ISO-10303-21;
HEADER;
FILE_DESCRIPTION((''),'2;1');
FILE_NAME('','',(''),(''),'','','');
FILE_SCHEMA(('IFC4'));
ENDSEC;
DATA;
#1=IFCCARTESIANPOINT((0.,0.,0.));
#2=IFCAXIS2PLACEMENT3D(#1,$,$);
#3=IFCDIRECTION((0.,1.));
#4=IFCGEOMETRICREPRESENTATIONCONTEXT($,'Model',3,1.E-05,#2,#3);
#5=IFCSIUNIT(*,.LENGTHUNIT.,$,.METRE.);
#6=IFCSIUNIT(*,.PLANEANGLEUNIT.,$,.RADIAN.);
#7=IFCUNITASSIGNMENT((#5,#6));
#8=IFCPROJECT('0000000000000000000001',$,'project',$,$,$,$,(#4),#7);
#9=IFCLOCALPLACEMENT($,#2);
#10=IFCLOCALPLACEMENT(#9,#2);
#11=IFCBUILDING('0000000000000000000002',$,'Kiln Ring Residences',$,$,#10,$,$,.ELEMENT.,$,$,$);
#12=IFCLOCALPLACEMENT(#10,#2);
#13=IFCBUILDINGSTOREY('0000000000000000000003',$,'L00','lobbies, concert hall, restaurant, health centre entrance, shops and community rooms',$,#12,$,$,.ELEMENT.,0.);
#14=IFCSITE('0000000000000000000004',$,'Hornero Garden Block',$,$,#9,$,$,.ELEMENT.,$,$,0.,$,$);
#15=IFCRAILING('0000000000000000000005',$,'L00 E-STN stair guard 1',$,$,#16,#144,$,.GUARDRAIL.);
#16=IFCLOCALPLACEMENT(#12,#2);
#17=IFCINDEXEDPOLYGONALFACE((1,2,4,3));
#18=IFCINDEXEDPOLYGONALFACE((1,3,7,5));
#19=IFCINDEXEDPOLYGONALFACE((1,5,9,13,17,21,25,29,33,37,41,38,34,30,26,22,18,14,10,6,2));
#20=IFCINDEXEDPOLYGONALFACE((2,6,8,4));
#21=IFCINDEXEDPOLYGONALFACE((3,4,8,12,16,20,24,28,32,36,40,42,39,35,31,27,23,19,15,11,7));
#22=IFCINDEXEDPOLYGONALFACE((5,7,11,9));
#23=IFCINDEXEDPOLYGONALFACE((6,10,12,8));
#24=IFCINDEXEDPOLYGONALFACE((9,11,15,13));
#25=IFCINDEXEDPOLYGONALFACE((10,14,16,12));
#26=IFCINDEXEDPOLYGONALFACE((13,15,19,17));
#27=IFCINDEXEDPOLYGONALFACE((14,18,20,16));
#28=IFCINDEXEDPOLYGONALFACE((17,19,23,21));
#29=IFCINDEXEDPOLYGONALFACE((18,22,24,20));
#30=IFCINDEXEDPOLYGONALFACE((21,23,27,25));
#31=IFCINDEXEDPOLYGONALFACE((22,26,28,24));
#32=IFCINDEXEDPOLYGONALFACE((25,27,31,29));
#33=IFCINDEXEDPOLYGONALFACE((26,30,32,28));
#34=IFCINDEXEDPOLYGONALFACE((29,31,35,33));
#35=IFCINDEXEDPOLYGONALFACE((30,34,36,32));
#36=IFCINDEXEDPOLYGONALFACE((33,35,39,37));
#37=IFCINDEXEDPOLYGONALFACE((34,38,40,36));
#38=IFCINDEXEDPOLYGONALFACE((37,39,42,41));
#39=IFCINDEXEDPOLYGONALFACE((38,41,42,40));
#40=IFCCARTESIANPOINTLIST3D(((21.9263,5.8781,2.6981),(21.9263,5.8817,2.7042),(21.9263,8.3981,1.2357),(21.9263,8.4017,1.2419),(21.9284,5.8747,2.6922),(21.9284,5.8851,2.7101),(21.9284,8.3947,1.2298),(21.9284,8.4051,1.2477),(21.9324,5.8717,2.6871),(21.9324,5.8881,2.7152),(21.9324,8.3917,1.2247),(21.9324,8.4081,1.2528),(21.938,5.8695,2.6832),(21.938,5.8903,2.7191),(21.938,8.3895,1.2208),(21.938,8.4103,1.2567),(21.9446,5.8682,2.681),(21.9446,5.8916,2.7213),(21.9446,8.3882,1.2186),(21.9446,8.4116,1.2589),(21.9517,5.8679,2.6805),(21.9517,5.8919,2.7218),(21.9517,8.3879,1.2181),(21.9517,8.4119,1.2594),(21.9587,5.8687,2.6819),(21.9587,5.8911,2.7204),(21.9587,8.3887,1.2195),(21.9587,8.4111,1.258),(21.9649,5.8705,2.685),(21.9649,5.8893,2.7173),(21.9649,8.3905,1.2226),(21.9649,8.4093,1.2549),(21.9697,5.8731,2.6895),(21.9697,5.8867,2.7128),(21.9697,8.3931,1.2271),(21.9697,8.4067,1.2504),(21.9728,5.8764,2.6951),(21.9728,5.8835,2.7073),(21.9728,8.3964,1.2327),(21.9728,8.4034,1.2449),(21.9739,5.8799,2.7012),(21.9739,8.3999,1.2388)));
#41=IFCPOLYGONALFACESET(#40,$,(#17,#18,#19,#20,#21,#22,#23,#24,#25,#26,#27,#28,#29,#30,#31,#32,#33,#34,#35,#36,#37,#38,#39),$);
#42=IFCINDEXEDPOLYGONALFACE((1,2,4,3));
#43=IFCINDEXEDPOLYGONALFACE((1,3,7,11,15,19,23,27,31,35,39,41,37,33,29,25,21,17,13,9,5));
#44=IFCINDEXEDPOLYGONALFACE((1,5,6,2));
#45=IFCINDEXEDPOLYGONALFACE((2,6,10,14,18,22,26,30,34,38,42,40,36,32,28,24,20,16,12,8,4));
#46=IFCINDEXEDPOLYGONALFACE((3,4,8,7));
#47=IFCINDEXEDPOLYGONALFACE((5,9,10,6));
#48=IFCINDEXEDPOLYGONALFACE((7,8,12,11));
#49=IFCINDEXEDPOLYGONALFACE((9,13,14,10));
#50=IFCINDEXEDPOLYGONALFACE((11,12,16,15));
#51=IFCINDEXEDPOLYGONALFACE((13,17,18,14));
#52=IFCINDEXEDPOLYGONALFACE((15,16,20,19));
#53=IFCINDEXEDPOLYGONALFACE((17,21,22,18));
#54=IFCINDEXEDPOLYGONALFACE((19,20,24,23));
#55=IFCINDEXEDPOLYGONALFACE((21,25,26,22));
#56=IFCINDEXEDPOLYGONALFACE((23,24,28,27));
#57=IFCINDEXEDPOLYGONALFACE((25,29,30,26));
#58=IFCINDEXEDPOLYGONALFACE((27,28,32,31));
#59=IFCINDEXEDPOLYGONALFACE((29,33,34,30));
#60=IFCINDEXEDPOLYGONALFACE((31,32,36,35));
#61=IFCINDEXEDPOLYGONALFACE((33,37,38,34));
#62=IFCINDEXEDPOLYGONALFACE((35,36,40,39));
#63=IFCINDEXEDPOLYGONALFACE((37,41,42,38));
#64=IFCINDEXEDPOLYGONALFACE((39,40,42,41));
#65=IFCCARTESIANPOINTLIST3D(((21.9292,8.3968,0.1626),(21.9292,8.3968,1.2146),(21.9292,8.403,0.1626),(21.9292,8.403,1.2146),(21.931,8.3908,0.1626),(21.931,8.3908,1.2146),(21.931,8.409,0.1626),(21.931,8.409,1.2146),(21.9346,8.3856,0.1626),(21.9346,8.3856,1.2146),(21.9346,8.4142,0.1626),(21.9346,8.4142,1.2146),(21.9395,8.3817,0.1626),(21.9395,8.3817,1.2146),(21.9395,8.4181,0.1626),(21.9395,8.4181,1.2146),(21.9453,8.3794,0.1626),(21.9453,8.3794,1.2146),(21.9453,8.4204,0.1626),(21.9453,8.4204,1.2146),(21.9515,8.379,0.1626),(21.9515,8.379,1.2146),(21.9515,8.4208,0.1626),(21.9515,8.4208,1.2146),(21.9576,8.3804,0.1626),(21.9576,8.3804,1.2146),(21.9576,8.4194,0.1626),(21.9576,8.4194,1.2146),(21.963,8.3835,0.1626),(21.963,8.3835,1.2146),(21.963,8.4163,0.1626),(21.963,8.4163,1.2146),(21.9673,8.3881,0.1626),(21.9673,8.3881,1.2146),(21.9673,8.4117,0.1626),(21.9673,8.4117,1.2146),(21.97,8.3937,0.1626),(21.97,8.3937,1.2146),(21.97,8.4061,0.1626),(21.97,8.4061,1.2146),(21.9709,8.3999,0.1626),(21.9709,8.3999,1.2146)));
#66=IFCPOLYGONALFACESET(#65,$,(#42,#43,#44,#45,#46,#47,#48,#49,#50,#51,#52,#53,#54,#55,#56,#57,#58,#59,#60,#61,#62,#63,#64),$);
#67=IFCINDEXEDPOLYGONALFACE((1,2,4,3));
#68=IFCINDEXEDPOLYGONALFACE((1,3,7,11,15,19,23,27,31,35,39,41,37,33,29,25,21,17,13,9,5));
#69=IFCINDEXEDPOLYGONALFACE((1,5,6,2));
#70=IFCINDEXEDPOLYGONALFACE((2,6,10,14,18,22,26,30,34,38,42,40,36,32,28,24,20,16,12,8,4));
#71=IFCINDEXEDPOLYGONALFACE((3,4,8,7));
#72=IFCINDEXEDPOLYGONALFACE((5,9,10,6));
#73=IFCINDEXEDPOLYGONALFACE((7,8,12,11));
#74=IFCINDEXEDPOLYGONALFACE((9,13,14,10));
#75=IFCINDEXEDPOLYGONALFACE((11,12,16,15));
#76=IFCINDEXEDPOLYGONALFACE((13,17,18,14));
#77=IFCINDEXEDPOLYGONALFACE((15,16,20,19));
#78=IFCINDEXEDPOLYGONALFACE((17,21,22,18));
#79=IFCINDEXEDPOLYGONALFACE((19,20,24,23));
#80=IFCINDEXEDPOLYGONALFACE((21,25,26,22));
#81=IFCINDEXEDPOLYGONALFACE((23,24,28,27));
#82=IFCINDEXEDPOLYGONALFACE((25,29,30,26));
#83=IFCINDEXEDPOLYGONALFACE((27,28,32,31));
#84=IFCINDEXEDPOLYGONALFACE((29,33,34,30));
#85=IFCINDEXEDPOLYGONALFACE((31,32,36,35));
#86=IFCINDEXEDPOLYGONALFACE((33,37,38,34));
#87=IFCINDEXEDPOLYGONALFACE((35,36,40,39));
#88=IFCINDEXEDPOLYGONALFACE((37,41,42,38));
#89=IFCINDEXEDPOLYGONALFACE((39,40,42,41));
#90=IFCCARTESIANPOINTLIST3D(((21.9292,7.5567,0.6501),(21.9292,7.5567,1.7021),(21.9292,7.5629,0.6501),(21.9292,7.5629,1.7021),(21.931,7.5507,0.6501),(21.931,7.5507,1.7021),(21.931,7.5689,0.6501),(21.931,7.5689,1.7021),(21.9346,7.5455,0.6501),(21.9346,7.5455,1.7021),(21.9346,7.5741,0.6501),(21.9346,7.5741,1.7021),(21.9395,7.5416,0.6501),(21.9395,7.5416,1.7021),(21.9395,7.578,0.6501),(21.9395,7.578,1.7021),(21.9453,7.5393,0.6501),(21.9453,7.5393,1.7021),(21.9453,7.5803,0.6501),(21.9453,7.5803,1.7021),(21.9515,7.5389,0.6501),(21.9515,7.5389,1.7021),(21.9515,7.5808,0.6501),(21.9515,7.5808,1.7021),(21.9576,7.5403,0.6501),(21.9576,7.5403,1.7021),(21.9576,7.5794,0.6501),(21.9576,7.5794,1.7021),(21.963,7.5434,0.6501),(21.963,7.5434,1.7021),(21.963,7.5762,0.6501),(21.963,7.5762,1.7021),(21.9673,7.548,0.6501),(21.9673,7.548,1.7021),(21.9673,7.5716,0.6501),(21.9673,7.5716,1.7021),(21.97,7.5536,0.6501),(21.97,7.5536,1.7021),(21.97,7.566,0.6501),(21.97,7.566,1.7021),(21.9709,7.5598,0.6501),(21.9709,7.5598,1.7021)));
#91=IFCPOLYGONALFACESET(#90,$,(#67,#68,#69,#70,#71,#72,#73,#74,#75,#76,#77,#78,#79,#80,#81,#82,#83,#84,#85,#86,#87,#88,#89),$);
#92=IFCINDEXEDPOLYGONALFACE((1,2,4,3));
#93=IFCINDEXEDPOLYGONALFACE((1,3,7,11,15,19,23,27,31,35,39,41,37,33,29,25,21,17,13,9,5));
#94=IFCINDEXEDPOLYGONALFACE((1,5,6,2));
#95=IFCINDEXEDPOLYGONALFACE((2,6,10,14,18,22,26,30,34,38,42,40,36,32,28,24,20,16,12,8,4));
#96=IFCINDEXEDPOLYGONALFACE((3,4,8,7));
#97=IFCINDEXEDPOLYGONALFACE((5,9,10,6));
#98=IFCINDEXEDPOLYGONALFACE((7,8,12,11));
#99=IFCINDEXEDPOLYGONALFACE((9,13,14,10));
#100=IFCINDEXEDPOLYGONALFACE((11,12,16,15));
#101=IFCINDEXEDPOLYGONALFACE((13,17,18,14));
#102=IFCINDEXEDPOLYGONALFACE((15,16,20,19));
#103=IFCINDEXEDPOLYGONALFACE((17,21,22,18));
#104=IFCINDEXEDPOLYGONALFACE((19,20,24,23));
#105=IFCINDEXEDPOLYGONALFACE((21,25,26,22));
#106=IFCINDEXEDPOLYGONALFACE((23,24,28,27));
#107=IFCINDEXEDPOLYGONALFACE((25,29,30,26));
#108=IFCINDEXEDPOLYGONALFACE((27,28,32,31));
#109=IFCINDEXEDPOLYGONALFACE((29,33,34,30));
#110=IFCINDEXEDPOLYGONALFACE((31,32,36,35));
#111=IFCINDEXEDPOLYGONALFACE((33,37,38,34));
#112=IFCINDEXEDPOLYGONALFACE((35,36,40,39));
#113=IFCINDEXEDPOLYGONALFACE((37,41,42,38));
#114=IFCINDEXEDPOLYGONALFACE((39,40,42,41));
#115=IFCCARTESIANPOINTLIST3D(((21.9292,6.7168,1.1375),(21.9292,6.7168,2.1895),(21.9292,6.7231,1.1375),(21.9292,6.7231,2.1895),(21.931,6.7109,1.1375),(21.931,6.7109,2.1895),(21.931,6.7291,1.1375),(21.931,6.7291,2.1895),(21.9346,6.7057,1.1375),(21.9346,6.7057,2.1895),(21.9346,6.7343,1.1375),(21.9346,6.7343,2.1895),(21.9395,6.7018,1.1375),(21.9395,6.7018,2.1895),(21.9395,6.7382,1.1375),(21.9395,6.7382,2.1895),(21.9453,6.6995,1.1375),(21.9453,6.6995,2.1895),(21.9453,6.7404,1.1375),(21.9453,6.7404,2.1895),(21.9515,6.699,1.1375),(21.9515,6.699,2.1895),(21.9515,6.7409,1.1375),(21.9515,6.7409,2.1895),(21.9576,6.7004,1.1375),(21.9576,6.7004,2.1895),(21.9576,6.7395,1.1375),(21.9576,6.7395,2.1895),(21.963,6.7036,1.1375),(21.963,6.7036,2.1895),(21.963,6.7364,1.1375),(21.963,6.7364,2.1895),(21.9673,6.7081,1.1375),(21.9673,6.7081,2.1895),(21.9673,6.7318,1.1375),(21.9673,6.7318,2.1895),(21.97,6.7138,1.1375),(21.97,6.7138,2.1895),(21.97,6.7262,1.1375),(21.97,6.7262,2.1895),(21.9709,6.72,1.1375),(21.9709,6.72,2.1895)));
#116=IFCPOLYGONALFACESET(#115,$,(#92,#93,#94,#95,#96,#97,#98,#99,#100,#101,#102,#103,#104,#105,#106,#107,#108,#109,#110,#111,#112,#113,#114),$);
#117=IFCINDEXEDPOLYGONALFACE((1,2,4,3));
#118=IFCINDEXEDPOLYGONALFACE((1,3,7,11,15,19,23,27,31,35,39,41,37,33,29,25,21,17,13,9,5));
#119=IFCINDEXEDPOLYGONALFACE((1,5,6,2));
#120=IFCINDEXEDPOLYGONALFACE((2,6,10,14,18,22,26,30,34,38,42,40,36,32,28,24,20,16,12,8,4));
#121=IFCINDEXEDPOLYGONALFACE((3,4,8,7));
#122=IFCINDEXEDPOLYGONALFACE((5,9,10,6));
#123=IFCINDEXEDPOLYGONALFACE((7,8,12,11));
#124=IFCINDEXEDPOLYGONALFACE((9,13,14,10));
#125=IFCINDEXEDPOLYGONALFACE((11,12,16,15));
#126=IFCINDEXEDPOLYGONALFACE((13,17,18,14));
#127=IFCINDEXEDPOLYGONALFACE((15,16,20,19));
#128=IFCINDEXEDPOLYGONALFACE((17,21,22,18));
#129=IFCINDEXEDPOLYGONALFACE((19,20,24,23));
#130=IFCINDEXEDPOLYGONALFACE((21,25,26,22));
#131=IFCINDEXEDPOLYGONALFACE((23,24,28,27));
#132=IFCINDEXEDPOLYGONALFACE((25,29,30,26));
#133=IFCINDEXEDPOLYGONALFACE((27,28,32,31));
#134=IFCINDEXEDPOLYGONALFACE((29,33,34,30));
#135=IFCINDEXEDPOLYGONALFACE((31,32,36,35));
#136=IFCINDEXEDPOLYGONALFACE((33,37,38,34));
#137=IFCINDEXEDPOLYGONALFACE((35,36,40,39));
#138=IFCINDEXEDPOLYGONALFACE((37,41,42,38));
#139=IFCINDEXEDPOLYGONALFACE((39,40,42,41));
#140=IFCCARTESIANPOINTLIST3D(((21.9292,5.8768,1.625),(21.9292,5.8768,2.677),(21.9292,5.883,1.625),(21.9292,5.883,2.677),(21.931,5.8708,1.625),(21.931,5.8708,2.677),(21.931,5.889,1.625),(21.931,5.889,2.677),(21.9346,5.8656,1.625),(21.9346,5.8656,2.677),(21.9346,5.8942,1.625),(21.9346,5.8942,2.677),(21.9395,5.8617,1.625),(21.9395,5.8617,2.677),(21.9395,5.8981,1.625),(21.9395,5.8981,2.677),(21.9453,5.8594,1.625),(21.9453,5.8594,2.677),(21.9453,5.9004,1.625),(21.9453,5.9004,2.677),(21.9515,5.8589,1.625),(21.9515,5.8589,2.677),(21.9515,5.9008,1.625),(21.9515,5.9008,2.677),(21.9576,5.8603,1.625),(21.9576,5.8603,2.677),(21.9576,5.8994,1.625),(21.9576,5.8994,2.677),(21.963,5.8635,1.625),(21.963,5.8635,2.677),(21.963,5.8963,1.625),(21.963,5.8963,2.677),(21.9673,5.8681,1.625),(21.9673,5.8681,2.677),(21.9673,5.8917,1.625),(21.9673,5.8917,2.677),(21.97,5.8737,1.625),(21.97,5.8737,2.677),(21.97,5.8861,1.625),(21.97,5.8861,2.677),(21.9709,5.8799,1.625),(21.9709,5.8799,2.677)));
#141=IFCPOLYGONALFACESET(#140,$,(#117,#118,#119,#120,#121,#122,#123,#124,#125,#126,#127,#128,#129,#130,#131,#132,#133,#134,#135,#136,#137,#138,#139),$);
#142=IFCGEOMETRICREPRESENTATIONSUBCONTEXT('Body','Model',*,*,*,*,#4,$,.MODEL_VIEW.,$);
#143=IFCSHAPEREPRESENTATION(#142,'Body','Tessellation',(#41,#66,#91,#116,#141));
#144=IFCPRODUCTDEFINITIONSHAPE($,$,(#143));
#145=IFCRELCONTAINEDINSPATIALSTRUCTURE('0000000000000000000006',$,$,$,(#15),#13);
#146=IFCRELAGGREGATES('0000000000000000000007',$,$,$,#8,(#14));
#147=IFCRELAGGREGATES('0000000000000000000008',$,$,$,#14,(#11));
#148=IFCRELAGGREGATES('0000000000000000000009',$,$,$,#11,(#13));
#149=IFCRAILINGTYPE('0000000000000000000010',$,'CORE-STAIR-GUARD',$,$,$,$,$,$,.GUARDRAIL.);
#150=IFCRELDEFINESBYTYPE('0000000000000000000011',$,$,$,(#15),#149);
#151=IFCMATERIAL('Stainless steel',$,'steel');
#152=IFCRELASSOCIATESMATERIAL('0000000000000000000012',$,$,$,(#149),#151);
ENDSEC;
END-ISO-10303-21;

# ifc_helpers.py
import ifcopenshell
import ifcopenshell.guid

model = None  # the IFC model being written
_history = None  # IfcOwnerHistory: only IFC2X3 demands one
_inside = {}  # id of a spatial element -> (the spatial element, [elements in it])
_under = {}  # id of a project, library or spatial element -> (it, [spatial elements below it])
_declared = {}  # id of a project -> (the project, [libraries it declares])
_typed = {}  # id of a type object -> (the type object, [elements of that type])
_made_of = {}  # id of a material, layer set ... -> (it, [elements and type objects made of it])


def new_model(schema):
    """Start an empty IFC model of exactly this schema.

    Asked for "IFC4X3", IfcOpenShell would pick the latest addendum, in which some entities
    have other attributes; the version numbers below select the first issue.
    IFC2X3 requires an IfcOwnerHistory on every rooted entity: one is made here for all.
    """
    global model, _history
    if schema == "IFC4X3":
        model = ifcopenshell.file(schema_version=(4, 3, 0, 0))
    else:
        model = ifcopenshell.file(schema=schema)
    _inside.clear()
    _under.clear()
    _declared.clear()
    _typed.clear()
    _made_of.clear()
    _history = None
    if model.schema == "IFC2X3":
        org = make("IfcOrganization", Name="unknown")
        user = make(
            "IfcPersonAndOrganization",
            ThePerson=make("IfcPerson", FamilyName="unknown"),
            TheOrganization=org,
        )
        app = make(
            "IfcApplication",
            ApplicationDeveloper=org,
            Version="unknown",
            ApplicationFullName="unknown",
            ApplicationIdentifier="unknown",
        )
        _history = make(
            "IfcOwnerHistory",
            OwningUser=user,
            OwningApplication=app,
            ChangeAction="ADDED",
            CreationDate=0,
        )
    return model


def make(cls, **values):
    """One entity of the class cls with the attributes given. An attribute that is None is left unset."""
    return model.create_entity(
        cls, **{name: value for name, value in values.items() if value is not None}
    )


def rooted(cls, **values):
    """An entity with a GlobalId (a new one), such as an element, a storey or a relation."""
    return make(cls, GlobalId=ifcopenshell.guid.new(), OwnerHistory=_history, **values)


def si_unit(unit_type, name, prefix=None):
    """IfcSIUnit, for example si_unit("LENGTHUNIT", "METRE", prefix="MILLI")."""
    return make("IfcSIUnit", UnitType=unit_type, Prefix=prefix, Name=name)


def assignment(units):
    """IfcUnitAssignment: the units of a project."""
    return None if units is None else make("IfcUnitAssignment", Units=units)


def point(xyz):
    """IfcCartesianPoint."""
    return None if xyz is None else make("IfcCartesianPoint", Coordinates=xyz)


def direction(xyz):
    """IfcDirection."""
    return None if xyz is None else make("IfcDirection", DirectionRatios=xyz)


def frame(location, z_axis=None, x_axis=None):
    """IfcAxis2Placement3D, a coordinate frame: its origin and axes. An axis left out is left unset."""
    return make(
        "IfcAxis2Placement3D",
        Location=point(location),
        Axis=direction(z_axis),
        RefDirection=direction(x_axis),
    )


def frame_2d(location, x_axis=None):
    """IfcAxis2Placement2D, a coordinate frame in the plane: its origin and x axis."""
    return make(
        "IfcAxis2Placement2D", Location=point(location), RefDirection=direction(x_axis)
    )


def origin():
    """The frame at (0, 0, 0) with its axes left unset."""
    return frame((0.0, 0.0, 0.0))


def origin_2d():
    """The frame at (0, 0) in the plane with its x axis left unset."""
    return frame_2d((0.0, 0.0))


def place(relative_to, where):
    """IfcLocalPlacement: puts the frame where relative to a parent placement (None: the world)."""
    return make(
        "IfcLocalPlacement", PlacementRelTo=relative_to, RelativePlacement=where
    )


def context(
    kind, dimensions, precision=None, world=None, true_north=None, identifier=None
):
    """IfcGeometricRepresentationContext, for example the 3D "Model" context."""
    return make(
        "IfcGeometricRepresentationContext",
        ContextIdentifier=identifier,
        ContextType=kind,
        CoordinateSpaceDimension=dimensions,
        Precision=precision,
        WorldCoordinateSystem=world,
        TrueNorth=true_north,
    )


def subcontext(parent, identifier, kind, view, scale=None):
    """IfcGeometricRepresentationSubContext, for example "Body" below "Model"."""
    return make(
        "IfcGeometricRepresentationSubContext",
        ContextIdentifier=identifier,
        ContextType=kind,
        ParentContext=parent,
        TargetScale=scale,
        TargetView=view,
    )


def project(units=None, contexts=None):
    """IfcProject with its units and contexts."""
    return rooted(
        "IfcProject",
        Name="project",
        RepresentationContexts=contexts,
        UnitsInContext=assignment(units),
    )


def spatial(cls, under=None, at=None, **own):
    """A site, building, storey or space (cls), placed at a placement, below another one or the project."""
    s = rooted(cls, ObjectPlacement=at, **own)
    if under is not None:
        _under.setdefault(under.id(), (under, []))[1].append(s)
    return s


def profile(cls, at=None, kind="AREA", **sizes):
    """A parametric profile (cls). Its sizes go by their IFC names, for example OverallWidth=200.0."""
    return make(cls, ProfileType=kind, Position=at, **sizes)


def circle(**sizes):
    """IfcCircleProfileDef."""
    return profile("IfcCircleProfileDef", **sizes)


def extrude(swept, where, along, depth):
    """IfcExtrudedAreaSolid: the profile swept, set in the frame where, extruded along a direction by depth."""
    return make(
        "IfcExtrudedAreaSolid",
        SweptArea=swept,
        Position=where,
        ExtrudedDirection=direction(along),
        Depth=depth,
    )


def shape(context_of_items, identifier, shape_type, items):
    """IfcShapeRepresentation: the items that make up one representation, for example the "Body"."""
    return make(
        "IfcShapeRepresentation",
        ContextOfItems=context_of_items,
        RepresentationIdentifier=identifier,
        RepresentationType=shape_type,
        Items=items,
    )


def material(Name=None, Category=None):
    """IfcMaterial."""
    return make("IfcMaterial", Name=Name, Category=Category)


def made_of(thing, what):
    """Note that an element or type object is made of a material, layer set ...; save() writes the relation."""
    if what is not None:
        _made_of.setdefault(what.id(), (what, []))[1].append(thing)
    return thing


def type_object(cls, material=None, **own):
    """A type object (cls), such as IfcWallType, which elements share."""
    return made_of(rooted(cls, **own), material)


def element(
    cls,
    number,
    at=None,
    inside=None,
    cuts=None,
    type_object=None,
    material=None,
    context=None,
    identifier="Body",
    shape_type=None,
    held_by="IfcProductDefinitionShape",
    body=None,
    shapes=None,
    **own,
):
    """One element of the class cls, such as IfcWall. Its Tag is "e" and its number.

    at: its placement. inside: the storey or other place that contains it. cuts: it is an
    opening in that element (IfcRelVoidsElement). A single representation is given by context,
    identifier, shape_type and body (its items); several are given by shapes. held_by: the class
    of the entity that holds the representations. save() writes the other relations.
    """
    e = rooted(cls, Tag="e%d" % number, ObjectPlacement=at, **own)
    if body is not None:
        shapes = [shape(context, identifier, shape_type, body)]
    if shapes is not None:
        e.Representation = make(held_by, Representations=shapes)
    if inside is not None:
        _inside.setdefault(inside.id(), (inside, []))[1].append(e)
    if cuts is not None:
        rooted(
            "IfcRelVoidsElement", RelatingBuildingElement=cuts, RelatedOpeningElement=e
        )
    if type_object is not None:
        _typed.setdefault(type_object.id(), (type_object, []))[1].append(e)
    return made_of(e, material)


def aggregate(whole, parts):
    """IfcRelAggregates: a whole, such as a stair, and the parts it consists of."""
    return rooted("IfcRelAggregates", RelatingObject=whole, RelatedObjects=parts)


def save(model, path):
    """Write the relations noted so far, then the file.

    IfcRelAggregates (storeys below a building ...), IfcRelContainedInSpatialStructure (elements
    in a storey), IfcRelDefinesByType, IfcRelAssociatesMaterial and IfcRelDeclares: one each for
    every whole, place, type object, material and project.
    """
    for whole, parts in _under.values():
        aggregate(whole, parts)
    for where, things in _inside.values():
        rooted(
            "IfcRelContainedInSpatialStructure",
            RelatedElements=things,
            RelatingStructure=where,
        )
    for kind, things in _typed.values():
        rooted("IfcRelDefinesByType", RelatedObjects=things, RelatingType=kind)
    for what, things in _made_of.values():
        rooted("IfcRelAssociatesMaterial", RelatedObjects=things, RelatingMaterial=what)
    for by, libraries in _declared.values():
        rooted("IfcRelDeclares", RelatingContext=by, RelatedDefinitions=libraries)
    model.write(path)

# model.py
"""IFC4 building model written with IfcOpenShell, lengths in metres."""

from ifc_helpers import new_model, si_unit, direction, frame, origin, origin_2d, place, context, subcontext, project, spatial, circle, extrude, material, type_object, element, save


model = new_model("IFC4")

# Units and contexts
model_context = context("Model", 3, precision=1e-05, world=origin(), true_north=direction((0.0, 1.0)))
body_context = subcontext(model_context, "Body", "Model", "MODEL_VIEW")
ifc_project = project(units=[si_unit("LENGTHUNIT", "METRE"), si_unit("PLANEANGLEUNIT", "RADIAN")], contexts=[model_context])

# Site, building, storey
site_placement = place(None, origin())
site = spatial("IfcSite", under=ifc_project, at=site_placement, Name="Hornero Garden Block", CompositionType="ELEMENT", RefElevation=0.0)
building_placement = place(site_placement, origin())
building = spatial("IfcBuilding", under=site, at=building_placement, Name="Kiln Ring Residences", CompositionType="ELEMENT")
storey_placement = place(building_placement, origin())
storey = spatial("IfcBuildingStorey", under=building, at=storey_placement, Name="L00", Description="lobbies, concert hall, restaurant, health centre entrance, shops and community rooms", CompositionType="ELEMENT", Elevation=0.0)

# Railing
ifc_material_1 = material(Name="Stainless steel", Category="steel")
railing_type_1 = type_object("IfcRailingType", Name="CORE-STAIR-GUARD", PredefinedType="GUARDRAIL", material=ifc_material_1)
railing_1_placement = place(storey_placement, frame((21.95, 8.3999, 0.1626)))
element("IfcRailing", 1, at=railing_1_placement, inside=storey, type_object=railing_type_1, Name="L00 E-STN stair guard 1", PredefinedType="GUARDRAIL", context=body_context, shape_type="SweptSolid", body=[
    extrude(circle(Radius=0.0239, at=origin_2d()), frame((0.0, 0.0, 1.0762), z_axis=(0.0, -0.864913, 0.501921), x_axis=(1.0, 0.0, 0.0)), (0.0, 0.0, 1.0), 2.9136),
    extrude(circle(Radius=0.021, at=origin_2d()), origin(), (0.0, 0.0, 1.0), 1.052),
    extrude(circle(Radius=0.021, at=origin_2d()), frame((0.0, -0.8401, 0.4875)), (0.0, 0.0, 1.0), 1.052),
    extrude(circle(Radius=0.021, at=origin_2d()), frame((0.0, -1.6799, 0.9749)), (0.0, 0.0, 1.0), 1.052),
    extrude(circle(Radius=0.021, at=origin_2d()), frame((0.0, -2.52, 1.4624)), (0.0, 0.0, 1.0), 1.052),
])

save(model, "model.ifc")
